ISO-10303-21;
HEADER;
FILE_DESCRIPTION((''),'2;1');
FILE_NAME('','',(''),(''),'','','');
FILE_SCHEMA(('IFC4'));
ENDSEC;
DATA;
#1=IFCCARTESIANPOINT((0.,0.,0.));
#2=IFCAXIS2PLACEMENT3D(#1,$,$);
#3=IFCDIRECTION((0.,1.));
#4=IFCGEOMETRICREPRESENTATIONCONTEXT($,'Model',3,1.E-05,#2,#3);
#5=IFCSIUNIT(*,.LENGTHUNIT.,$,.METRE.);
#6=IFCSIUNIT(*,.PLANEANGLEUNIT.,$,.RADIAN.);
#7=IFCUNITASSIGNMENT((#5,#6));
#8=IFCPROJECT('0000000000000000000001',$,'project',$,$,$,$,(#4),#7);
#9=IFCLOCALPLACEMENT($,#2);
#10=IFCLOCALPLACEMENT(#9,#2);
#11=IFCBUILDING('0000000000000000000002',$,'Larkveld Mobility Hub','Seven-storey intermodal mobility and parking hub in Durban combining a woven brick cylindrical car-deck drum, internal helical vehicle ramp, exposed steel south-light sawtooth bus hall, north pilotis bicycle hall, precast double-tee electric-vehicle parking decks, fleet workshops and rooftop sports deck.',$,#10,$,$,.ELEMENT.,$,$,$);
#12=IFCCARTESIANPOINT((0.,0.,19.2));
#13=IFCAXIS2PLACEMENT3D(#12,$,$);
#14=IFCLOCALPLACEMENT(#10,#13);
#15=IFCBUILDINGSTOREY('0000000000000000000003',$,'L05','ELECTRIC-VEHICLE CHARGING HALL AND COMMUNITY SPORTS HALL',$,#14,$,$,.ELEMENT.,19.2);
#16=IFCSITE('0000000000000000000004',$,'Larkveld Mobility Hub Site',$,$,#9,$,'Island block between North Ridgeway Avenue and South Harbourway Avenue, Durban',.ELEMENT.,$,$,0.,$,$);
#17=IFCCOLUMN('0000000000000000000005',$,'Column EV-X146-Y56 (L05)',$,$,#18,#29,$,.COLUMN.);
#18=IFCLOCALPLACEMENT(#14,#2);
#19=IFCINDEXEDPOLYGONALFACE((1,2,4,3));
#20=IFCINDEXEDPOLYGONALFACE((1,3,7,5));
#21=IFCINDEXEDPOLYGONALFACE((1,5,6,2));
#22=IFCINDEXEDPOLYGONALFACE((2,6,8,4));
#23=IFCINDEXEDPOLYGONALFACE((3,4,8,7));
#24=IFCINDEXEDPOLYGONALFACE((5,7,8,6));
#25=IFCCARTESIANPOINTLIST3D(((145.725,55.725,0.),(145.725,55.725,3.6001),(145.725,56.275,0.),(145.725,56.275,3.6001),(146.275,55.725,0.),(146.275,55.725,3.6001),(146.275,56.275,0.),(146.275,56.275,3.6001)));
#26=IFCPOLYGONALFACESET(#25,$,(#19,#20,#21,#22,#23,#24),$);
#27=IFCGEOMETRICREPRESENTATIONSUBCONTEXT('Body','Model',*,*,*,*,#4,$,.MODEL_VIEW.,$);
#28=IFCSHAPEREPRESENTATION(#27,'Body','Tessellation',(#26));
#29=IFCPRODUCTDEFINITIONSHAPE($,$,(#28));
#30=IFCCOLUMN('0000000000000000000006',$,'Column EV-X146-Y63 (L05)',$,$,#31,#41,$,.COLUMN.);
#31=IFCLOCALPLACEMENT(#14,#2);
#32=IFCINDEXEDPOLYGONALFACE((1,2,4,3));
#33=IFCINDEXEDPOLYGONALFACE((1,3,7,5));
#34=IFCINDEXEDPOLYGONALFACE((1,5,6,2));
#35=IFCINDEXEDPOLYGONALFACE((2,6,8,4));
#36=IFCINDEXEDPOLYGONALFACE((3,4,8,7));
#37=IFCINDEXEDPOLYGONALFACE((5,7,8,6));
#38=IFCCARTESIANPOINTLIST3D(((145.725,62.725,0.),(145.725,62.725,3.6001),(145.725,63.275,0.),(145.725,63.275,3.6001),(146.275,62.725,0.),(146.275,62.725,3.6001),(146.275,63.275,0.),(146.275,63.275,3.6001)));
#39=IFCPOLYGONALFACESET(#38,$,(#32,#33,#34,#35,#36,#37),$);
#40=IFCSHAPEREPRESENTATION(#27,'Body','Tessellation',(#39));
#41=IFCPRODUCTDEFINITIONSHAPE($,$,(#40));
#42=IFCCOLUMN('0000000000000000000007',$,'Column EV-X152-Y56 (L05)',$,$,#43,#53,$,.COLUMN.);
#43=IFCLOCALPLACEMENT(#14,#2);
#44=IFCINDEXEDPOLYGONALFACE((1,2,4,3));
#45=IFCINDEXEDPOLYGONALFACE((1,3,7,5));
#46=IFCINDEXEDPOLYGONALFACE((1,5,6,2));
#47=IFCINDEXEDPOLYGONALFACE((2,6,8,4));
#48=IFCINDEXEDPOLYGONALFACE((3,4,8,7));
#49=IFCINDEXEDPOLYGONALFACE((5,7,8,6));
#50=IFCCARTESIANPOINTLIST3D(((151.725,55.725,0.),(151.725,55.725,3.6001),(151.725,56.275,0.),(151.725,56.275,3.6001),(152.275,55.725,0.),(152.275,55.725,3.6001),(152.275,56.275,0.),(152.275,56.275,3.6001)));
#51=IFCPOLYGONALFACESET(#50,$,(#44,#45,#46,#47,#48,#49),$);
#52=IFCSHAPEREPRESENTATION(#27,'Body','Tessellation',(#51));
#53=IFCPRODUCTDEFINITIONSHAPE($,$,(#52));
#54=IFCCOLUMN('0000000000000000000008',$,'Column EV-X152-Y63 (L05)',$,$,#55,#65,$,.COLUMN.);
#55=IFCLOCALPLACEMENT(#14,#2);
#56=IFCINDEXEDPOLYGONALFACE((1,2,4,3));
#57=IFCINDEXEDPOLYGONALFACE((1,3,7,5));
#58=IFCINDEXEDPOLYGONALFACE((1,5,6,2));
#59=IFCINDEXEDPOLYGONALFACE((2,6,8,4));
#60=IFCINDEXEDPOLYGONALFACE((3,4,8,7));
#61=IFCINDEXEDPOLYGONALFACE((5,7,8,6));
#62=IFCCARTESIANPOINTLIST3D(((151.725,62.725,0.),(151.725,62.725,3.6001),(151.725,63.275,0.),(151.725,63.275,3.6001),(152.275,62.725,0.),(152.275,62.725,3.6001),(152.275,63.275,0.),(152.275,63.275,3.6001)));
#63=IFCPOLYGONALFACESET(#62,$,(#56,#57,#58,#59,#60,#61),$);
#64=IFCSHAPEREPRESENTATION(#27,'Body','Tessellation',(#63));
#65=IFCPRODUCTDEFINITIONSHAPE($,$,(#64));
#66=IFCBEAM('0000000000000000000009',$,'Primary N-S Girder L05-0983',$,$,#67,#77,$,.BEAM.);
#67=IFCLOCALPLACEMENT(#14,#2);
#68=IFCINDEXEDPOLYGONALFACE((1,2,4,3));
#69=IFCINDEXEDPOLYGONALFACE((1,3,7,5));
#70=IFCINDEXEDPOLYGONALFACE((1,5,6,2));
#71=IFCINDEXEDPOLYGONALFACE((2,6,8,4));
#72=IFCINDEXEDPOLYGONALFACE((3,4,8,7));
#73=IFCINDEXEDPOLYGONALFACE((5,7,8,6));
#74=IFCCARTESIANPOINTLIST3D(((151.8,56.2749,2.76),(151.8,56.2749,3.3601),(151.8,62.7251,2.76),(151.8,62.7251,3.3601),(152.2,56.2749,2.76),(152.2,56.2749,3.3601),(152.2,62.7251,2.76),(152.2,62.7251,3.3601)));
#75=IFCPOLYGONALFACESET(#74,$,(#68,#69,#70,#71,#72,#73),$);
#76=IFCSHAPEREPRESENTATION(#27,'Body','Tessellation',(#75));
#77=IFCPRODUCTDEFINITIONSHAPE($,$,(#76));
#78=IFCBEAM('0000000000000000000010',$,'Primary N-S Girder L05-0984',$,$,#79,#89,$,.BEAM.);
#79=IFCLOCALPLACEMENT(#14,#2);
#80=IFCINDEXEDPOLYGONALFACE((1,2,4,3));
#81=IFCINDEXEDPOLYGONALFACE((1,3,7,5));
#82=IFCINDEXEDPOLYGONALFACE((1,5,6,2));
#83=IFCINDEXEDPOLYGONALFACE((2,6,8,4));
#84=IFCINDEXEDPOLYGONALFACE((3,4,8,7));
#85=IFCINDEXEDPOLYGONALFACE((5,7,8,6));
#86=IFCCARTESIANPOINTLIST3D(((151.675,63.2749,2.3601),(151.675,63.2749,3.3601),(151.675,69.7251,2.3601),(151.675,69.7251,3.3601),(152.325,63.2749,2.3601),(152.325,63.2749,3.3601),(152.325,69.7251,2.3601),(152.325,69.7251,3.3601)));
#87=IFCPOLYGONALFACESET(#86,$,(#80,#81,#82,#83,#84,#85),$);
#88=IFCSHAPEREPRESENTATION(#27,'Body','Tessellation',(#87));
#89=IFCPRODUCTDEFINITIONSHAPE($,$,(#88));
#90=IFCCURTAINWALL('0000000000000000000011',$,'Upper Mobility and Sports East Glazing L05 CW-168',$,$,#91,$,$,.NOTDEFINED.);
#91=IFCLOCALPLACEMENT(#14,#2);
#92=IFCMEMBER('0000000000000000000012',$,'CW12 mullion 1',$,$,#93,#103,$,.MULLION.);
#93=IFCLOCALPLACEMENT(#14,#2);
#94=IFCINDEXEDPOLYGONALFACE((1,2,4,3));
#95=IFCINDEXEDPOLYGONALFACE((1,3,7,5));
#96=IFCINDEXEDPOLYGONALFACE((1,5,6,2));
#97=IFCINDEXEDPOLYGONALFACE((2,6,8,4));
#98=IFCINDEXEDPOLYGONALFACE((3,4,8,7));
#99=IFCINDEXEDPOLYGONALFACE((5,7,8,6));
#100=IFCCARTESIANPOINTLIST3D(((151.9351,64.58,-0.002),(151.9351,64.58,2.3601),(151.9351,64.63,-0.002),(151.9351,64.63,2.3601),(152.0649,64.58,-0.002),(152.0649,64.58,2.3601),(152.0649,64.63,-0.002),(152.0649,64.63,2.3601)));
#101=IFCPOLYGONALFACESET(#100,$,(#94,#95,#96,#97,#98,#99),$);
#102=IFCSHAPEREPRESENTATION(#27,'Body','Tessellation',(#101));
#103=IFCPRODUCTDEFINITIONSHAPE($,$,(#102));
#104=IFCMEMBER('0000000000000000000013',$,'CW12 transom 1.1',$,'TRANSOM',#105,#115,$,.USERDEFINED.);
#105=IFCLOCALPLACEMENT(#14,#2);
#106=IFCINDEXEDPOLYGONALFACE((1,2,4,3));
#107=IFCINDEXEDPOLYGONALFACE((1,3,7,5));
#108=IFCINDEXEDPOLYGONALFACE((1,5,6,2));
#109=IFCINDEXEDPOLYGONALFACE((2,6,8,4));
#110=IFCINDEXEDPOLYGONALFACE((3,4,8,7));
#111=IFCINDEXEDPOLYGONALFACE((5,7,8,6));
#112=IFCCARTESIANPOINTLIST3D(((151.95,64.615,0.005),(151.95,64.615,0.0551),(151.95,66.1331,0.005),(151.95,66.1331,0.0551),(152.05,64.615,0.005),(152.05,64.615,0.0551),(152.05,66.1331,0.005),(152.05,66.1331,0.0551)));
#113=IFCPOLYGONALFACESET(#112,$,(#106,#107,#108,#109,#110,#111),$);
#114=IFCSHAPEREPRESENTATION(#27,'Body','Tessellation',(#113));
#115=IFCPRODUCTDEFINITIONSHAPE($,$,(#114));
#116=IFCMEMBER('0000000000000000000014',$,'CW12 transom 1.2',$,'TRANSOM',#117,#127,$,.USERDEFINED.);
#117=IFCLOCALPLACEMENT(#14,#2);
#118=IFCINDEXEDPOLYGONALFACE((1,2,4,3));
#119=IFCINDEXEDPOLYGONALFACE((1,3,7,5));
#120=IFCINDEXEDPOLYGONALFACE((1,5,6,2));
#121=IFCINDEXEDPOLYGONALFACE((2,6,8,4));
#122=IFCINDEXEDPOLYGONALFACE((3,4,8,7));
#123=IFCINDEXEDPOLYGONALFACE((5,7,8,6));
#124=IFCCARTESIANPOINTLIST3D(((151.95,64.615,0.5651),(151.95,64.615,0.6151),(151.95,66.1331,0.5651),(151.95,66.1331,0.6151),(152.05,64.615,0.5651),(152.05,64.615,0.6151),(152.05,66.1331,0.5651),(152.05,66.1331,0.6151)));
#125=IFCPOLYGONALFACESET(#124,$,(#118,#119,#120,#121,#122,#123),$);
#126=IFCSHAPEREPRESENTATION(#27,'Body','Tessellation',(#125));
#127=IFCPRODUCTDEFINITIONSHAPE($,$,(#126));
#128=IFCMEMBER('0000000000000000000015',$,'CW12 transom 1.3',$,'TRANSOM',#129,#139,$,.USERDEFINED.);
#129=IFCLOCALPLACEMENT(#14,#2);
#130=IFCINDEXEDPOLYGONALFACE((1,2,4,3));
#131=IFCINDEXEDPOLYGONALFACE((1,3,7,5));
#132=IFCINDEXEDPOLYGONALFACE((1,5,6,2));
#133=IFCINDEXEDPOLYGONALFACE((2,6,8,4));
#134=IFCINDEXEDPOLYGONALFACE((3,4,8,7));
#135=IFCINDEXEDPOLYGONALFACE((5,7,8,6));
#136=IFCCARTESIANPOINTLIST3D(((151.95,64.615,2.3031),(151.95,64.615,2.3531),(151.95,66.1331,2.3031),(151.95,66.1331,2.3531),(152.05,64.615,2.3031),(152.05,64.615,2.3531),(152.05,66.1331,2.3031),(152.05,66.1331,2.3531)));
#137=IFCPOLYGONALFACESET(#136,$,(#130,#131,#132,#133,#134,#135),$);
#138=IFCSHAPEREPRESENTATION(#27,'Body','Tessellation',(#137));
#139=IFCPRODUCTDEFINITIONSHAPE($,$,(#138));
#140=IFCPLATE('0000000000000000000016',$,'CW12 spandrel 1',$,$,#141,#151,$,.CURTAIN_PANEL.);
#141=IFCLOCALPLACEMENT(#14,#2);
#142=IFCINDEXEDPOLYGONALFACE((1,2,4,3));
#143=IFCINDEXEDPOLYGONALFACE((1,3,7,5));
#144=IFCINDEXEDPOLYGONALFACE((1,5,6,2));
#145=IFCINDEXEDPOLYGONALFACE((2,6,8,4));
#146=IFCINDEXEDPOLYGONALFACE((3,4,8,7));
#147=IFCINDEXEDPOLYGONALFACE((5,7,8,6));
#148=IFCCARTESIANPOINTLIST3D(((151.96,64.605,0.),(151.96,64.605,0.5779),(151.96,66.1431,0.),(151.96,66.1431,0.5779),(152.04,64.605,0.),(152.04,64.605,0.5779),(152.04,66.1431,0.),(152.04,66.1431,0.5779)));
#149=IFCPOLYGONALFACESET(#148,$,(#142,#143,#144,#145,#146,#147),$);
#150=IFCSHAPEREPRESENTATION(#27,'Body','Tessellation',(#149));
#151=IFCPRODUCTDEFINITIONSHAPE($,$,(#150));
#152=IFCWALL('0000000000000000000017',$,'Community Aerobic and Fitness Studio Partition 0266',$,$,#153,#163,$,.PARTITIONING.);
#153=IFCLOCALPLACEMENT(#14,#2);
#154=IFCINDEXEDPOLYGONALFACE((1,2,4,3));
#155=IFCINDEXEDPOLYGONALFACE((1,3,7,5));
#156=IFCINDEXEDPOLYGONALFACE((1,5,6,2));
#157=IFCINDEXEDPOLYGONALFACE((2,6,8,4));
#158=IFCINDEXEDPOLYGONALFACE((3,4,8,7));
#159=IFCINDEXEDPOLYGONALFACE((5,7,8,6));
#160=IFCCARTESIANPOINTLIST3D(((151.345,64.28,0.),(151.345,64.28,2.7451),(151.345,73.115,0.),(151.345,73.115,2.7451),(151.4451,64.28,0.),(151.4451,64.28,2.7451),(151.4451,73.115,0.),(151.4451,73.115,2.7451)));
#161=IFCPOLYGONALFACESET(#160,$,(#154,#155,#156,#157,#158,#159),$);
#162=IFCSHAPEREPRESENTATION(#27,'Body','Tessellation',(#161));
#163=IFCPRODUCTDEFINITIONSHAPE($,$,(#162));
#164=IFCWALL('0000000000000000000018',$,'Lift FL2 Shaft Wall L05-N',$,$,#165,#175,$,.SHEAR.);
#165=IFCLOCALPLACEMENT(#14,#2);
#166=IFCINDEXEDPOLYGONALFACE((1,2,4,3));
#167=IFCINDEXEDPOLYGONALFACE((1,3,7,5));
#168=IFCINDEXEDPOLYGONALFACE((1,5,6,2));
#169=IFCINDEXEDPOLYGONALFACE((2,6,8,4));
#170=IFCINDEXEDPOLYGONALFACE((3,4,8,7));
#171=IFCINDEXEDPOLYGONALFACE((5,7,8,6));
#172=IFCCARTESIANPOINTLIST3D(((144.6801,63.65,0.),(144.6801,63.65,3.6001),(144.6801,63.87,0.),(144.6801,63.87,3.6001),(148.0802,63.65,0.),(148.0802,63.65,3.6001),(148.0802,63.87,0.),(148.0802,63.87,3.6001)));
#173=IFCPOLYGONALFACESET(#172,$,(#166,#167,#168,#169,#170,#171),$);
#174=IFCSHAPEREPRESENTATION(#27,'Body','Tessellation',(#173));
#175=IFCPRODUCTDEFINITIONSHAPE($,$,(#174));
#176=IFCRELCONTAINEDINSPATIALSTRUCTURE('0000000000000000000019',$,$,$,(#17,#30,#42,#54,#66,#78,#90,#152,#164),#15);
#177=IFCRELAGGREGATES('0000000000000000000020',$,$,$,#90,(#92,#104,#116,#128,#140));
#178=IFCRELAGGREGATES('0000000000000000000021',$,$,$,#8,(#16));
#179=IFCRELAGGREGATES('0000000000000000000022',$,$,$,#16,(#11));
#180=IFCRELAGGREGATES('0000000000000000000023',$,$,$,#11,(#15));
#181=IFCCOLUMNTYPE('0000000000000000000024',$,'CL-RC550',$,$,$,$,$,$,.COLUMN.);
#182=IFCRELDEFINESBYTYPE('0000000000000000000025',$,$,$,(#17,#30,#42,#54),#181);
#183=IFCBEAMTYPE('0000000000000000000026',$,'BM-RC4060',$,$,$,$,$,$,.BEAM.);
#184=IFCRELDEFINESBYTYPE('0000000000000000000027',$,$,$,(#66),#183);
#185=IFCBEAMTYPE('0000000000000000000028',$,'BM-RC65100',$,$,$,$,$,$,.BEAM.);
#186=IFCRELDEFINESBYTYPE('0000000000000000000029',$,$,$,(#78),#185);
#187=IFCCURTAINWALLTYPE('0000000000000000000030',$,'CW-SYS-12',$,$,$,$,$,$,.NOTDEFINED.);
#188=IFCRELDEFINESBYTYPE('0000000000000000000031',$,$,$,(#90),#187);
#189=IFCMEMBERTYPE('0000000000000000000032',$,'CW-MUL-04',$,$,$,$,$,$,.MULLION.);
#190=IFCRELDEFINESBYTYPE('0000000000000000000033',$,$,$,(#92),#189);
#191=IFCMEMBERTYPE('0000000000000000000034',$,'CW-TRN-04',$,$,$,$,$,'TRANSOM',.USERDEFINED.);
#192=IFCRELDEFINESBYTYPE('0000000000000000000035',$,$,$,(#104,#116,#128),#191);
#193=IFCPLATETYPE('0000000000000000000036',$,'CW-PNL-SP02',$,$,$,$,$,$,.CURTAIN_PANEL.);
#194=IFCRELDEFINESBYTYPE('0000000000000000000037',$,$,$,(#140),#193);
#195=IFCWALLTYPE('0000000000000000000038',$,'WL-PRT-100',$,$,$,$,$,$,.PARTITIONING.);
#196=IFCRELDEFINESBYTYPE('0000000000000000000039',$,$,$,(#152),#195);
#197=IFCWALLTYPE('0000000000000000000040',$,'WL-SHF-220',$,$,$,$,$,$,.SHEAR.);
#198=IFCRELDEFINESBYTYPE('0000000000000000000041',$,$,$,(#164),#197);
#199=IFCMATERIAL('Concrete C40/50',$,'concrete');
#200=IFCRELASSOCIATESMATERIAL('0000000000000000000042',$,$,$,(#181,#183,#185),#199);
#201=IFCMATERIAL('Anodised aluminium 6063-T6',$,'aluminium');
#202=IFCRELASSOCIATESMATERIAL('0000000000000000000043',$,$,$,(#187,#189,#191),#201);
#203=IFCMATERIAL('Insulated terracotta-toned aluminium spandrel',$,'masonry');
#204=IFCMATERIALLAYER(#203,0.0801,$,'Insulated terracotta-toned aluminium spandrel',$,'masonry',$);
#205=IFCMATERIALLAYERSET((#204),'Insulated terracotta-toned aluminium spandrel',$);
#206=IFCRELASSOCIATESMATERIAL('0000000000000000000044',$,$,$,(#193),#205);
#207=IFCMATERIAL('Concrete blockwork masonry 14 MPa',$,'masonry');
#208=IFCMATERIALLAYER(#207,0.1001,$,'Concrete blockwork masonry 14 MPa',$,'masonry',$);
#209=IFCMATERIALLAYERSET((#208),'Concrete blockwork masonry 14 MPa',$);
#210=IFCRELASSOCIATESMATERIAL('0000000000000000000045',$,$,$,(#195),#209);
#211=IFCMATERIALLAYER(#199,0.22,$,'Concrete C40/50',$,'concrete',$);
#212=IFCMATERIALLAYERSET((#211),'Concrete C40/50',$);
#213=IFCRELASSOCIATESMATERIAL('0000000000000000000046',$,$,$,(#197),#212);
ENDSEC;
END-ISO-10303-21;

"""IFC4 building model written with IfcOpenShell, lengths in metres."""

from ifc_helpers import new_model, si_unit, direction, frame, frame_2d, origin, origin_2d, place, context, subcontext, project, spatial, rectangle, extrude, material, layer, layer_set, material_profile, profile_set, type_object, element, aggregate, save


model = new_model("IFC4")

# Units and contexts
model_context = context("Model", 3, precision=1e-05, world=origin(), true_north=direction((0.0, 1.0)))
body_context = subcontext(model_context, "Body", "Model", "MODEL_VIEW")
ifc_project = project(units=[si_unit("LENGTHUNIT", "METRE"), si_unit("PLANEANGLEUNIT", "RADIAN")], contexts=[model_context])

# Site, building, storey
site_placement = place(None, origin())
site = spatial("IfcSite", under=ifc_project, at=site_placement, Name="Larkveld Mobility Hub Site", LongName="Island block between North Ridgeway Avenue and South Harbourway Avenue, Durban", CompositionType="ELEMENT", RefElevation=0.0)
building_placement = place(site_placement, origin())
building = spatial("IfcBuilding", under=site, at=building_placement, Name="Larkveld Mobility Hub", Description="Seven-storey intermodal mobility and parking hub in Durban combining a woven brick cylindrical car-deck drum, internal helical vehicle ramp, exposed steel south-light sawtooth bus hall, north pilotis bicycle hall, precast double-tee electric-vehicle parking decks, fleet workshops and rooftop sports deck.", CompositionType="ELEMENT")
storey_placement = place(building_placement, frame((0.0, 0.0, 19.2)))
storey = spatial("IfcBuildingStorey", under=building, at=storey_placement, Name="L05", Description="ELECTRIC-VEHICLE CHARGING HALL AND COMMUNITY SPORTS HALL", CompositionType="ELEMENT", Elevation=19.2)

# Columns
ifc_material_1 = material(Name="Concrete C40/50", Category="concrete")
ifc_material_profile_1 = material_profile(ifc_material_1, rectangle(XDim=0.55, YDim=0.55, at=origin_2d()), Name="RC COL 550x550")
ifc_profile_set_1 = profile_set([ifc_material_profile_1], Name="Concrete C40/50")
column_type = type_object("IfcColumnType", Name="CL-RC550", PredefinedType="COLUMN", material=ifc_profile_set_1)
for number, where, z_axis, x_axis, name in (
    (1, (146.0, 56.0, 0.0), (0.0, 0.0, 1.0), (1.0, 0.0, 0.0), "Column EV-X146-Y56 (L05)"),
    (2, (146.0, 63.0, 0.0), (0.0, 0.0, 1.0), (1.0, 0.0, 0.0), "Column EV-X146-Y63 (L05)"),
    (3, (152.0, 56.0, 0.0), (0.0, 0.0, 1.0), (1.0, 0.0, 0.0), "Column EV-X152-Y56 (L05)"),
    (4, (152.0, 63.0, 0.0), (0.0, 0.0, 1.0), (1.0, 0.0, 0.0), "Column EV-X152-Y63 (L05)"),
):
    element("IfcColumn", number, at=place(storey_placement, frame(where, z_axis=z_axis, x_axis=x_axis)), inside=storey, type_object=column_type, Name=name, PredefinedType="COLUMN", context=body_context, shape_type="SweptSolid", body=[
        extrude(rectangle(XDim=0.55, YDim=0.55, at=origin_2d()), origin(), (0.0, 0.0, 1.0), 3.6001),
    ])

# Beams
ifc_material_profile_2 = material_profile(ifc_material_1, rectangle(XDim=0.3999, YDim=0.6001, at=origin_2d()), Name="RC BM 400x600")
ifc_profile_set_2 = profile_set([ifc_material_profile_2], Name="Concrete C40/50")
beam_type_1 = type_object("IfcBeamType", Name="BM-RC4060", PredefinedType="BEAM", material=ifc_profile_set_2)
beam_1_placement = place(storey_placement, frame((152.0, 56.2749, 3.0601), z_axis=(0.0, 1.0, 0.0), x_axis=(-1.0, 0.0, 0.0)))
element("IfcBeam", 5, at=beam_1_placement, inside=storey, type_object=beam_type_1, Name="Primary N-S Girder L05-0983", PredefinedType="BEAM", context=body_context, shape_type="SweptSolid", body=[
    extrude(rectangle(XDim=0.3999, YDim=0.6001, at=origin_2d()), origin(), (0.0, 0.0, 1.0), 6.4502),
])
ifc_material_profile_3 = material_profile(ifc_material_1, rectangle(XDim=0.6499, YDim=1.0, at=origin_2d()), Name="RC BM 650x1000")
ifc_profile_set_3 = profile_set([ifc_material_profile_3], Name="Concrete C40/50")
beam_type_2 = type_object("IfcBeamType", Name="BM-RC65100", PredefinedType="BEAM", material=ifc_profile_set_3)
beam_2_placement = place(storey_placement, frame((152.0, 63.2749, 2.8601), z_axis=(0.0, 1.0, 0.0), x_axis=(-1.0, 0.0, 0.0)))
element("IfcBeam", 6, at=beam_2_placement, inside=storey, type_object=beam_type_2, Name="Primary N-S Girder L05-0984", PredefinedType="BEAM", context=body_context, shape_type="SweptSolid", body=[
    extrude(rectangle(XDim=0.6499, YDim=1.0, at=origin_2d()), origin(), (0.0, 0.0, 1.0), 6.4502),
])

# Curtain wall, members, plate
ifc_material_2 = material(Name="Anodised aluminium 6063-T6", Category="aluminium")
curtain_wall_type = type_object("IfcCurtainWallType", Name="CW-SYS-12", PredefinedType="NOTDEFINED", material=ifc_material_2)
curtain_wall_placement = place(storey_placement, origin())
curtain_wall = element("IfcCurtainWall", 7, at=curtain_wall_placement, inside=storey, type_object=curtain_wall_type, Name="Upper Mobility and Sports East Glazing L05 CW-168", PredefinedType="NOTDEFINED")
ifc_material_profile_4 = material_profile(ifc_material_2, rectangle(XDim=0.05, YDim=0.1299, at=origin_2d()), Name="ALU MULL 50x130")
ifc_profile_set_4 = profile_set([ifc_material_profile_4], Name="Anodised aluminium 6063-T6")
member_type_1 = type_object("IfcMemberType", Name="CW-MUL-04", PredefinedType="MULLION", material=ifc_profile_set_4)
member_1_placement = place(storey_placement, frame((152.0, 64.605, -0.002), z_axis=(0.0, 0.0, 1.0), x_axis=(0.0, 1.0, 0.0)))
member_1 = element("IfcMember", 8, at=member_1_placement, type_object=member_type_1, Name="CW12 mullion 1", PredefinedType="MULLION", context=body_context, shape_type="SweptSolid", body=[
    extrude(rectangle(XDim=0.05, YDim=0.1299, at=origin_2d()), origin(), (0.0, 0.0, 1.0), 2.3621),
])
ifc_material_profile_5 = material_profile(ifc_material_2, rectangle(XDim=0.1001, YDim=0.05, at=origin_2d()), Name="ALU TRAN 50x100")
ifc_profile_set_5 = profile_set([ifc_material_profile_5], Name="Anodised aluminium 6063-T6")
member_type_2 = type_object("IfcMemberType", Name="CW-TRN-04", ElementType="TRANSOM", PredefinedType="USERDEFINED", material=ifc_profile_set_5)
member_2_placement = place(storey_placement, frame((152.0, 64.615, 0.03), z_axis=(0.0, 1.0, 0.0), x_axis=(-1.0, 0.0, 0.0)))
member_2 = element("IfcMember", 9, at=member_2_placement, type_object=member_type_2, Name="CW12 transom 1.1", ObjectType="TRANSOM", PredefinedType="USERDEFINED", context=body_context, shape_type="SweptSolid", body=[
    extrude(rectangle(XDim=0.1001, YDim=0.05, at=origin_2d()), origin(), (0.0, 0.0, 1.0), 1.5181),
])
member_3_placement = place(storey_placement, frame((152.0, 64.615, 0.5901), z_axis=(0.0, 1.0, 0.0), x_axis=(-1.0, 0.0, 0.0)))
member_3 = element("IfcMember", 10, at=member_3_placement, type_object=member_type_2, Name="CW12 transom 1.2", ObjectType="TRANSOM", PredefinedType="USERDEFINED", context=body_context, shape_type="SweptSolid", body=[
    extrude(rectangle(XDim=0.1001, YDim=0.05, at=origin_2d()), origin(), (0.0, 0.0, 1.0), 1.5181),
])
member_4_placement = place(storey_placement, frame((152.0, 64.615, 2.3281), z_axis=(0.0, 1.0, 0.0), x_axis=(-1.0, 0.0, 0.0)))
member_4 = element("IfcMember", 11, at=member_4_placement, type_object=member_type_2, Name="CW12 transom 1.3", ObjectType="TRANSOM", PredefinedType="USERDEFINED", context=body_context, shape_type="SweptSolid", body=[
    extrude(rectangle(XDim=0.1001, YDim=0.05, at=origin_2d()), origin(), (0.0, 0.0, 1.0), 1.5181),
])
ifc_material_3 = material(Name="Insulated terracotta-toned aluminium spandrel", Category="masonry")
ifc_layer_1 = layer(ifc_material_3, 0.0801, Name="Insulated terracotta-toned aluminium spandrel", Category="masonry")
ifc_layer_set_1 = layer_set([ifc_layer_1], Name="Insulated terracotta-toned aluminium spandrel")
plate_type = type_object("IfcPlateType", Name="CW-PNL-SP02", PredefinedType="CURTAIN_PANEL", material=ifc_layer_set_1)
plate_placement = place(storey_placement, frame((152.0, 65.374, 0.0), z_axis=(0.0, 0.0, 1.0), x_axis=(0.0, 1.0, 0.0)))
plate = element("IfcPlate", 12, at=plate_placement, type_object=plate_type, Name="CW12 spandrel 1", PredefinedType="CURTAIN_PANEL", context=body_context, shape_type="SweptSolid", body=[
    extrude(rectangle(XDim=1.5381, YDim=0.0801, at=origin_2d()), origin(), (0.0, 0.0, 1.0), 0.5779),
])
aggregate(curtain_wall, [member_1, member_2, member_3, member_4, plate])

# Walls
ifc_material_4 = material(Name="Concrete blockwork masonry 14 MPa", Category="masonry")
ifc_layer_2 = layer(ifc_material_4, 0.1001, Name="Concrete blockwork masonry 14 MPa", Category="masonry")
ifc_layer_set_2 = layer_set([ifc_layer_2], Name="Concrete blockwork masonry 14 MPa")
wall_type_1 = type_object("IfcWallType", Name="WL-PRT-100", PredefinedType="PARTITIONING", material=ifc_layer_set_2)
wall_1_placement = place(storey_placement, frame((151.395, 64.28, 0.0), z_axis=(0.0, 0.0, 1.0), x_axis=(0.0, 1.0, 0.0)))
element("IfcWall", 13, at=wall_1_placement, inside=storey, type_object=wall_type_1, Name="Community Aerobic and Fitness Studio Partition 0266", PredefinedType="PARTITIONING", context=body_context, shape_type="SweptSolid", body=[
    extrude(rectangle(XDim=8.835, YDim=0.1001, at=frame_2d((4.4175, 0.0))), origin(), (0.0, 0.0, 1.0), 2.7451),
])
ifc_layer_3 = layer(ifc_material_1, 0.22, Name="Concrete C40/50", Category="concrete")
ifc_layer_set_3 = layer_set([ifc_layer_3], Name="Concrete C40/50")
wall_type_2 = type_object("IfcWallType", Name="WL-SHF-220", PredefinedType="SHEAR", material=ifc_layer_set_3)
wall_2_placement = place(storey_placement, frame((144.6799, 63.76, 0.0), z_axis=(0.0, 0.0, 1.0), x_axis=(1.0, 0.0, 0.0)))
element("IfcWall", 14, at=wall_2_placement, inside=storey, type_object=wall_type_2, Name="Lift FL2 Shaft Wall L05-N", PredefinedType="SHEAR", context=body_context, shape_type="SweptSolid", body=[
    extrude(rectangle(XDim=3.4001, YDim=0.22, at=frame_2d((1.7002, 0.0))), origin(), (0.0, 0.0, 1.0), 3.6001),
])

save(model, "model.ifc")
